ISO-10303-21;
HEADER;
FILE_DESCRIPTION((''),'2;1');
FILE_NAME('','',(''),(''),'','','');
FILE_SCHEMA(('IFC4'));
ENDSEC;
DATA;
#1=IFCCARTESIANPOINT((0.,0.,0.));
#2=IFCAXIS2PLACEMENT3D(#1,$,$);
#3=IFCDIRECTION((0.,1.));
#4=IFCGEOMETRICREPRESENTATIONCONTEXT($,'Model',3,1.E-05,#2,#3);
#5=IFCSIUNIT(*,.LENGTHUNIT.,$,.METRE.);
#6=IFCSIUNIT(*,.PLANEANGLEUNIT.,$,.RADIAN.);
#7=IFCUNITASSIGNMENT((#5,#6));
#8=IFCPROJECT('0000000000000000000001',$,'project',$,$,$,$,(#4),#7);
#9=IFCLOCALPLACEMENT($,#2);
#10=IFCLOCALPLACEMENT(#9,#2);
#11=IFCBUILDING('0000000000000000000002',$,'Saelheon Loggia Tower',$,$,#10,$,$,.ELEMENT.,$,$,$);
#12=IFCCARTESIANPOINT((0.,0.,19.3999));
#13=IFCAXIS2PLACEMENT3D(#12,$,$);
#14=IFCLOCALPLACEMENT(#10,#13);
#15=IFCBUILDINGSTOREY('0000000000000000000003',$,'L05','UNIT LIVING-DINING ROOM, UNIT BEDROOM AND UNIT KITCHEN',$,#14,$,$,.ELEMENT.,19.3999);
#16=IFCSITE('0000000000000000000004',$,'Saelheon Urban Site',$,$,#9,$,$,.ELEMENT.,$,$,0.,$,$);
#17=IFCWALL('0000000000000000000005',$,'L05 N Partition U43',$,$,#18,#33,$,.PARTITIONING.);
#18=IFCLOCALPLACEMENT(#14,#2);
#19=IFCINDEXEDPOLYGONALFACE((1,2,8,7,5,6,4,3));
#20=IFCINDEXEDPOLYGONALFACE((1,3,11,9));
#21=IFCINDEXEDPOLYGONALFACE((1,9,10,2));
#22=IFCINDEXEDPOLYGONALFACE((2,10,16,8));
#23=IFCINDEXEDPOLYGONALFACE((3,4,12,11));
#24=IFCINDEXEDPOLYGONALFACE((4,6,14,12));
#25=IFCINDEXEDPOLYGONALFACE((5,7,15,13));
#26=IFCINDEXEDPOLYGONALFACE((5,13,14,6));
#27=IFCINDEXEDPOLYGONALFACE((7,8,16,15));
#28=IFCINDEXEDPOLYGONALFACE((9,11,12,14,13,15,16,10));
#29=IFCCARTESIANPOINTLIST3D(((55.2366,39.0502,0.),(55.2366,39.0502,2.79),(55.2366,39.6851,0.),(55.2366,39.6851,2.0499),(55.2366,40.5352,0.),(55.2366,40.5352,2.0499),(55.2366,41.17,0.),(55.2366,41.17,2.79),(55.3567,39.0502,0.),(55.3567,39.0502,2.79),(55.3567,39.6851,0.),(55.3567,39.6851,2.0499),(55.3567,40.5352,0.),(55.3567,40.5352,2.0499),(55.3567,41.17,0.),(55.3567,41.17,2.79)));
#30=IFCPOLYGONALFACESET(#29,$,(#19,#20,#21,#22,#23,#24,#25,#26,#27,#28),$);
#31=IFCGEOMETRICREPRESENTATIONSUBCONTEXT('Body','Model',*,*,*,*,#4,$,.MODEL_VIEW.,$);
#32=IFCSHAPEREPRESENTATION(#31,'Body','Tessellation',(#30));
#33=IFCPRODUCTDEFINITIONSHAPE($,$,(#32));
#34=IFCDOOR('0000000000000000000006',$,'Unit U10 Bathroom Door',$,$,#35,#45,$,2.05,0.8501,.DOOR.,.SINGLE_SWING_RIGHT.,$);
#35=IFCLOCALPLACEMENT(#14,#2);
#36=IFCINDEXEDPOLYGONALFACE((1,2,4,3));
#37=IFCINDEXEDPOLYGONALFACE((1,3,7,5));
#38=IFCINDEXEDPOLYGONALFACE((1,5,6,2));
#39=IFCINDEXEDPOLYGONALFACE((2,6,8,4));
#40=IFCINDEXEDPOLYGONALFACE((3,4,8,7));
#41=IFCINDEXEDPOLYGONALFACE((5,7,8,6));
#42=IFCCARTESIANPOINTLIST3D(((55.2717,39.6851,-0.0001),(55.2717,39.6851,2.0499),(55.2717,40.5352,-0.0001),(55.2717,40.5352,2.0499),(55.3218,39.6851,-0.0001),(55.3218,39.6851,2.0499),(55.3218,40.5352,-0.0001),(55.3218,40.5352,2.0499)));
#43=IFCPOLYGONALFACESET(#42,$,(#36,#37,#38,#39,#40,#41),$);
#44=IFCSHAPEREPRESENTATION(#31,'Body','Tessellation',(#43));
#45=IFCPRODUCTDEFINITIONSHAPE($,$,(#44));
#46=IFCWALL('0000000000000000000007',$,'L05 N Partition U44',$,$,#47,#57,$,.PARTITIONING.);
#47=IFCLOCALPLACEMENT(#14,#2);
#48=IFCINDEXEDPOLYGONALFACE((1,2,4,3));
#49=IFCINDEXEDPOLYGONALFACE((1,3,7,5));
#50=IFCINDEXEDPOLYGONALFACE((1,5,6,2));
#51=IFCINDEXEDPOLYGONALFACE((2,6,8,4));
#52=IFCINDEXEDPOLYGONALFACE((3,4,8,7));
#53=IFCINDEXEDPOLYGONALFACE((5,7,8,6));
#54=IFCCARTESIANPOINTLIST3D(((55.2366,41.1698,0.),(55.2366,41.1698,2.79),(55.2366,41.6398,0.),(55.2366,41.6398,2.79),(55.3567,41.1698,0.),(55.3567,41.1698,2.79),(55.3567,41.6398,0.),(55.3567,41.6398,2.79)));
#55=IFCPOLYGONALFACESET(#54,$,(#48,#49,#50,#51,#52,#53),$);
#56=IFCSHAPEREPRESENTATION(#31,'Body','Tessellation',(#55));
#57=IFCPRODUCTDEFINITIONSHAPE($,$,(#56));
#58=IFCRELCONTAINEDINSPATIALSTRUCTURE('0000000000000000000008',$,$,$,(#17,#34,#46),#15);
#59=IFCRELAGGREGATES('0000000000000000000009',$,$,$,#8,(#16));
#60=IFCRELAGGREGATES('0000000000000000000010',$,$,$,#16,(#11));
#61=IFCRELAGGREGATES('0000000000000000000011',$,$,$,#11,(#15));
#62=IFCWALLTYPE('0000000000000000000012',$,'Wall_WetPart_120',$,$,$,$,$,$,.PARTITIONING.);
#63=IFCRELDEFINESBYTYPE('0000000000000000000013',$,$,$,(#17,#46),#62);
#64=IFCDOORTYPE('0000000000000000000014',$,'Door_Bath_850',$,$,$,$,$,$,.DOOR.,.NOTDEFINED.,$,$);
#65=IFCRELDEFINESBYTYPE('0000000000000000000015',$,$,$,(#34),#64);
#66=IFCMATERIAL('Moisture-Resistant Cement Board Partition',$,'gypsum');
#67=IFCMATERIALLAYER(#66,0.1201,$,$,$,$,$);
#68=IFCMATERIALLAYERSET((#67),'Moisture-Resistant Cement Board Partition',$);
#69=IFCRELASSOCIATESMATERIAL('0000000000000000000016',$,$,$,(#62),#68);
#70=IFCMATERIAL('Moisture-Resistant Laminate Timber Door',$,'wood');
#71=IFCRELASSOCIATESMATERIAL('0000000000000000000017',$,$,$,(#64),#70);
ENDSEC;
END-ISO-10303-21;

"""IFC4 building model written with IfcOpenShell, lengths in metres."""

from ifc_helpers import new_model, si_unit, direction, frame, frame_2d, origin, place, context, subcontext, project, spatial, rectangle, extrude, source, transform, mapped, material, layer, layer_set, type_object, element, fill, save


model = new_model("IFC4")

# Units and contexts
model_context = context("Model", 3, precision=1e-05, world=origin(), true_north=direction((0.0, 1.0)))
body_context = subcontext(model_context, "Body", "Model", "MODEL_VIEW")
ifc_project = project(units=[si_unit("LENGTHUNIT", "METRE"), si_unit("PLANEANGLEUNIT", "RADIAN")], contexts=[model_context])

# Site, building, storey
site_placement = place(None, origin())
site = spatial("IfcSite", under=ifc_project, at=site_placement, Name="Saelheon Urban Site", CompositionType="ELEMENT", RefElevation=0.0)
building_placement = place(site_placement, origin())
building = spatial("IfcBuilding", under=site, at=building_placement, Name="Saelheon Loggia Tower", CompositionType="ELEMENT")
storey_placement = place(building_placement, frame((0.0, 0.0, 19.3999)))
storey = spatial("IfcBuildingStorey", under=building, at=storey_placement, Name="L05", Description="UNIT LIVING-DINING ROOM, UNIT BEDROOM AND UNIT KITCHEN", CompositionType="ELEMENT", Elevation=19.3999)

# Shared definitions
ifc_material_1 = material(Name="Moisture-Resistant Cement Board Partition", Category="gypsum")
ifc_layer_1 = layer(ifc_material_1, 0.1201)
ifc_layer_set_1 = layer_set([ifc_layer_1], Name="Moisture-Resistant Cement Board Partition")
wall_type_1 = type_object("IfcWallType", Name="Wall_WetPart_120", PredefinedType="PARTITIONING", material=ifc_layer_set_1)

# Wall, opening, door
wall_1_placement = place(storey_placement, frame((55.2966, 39.05, 0.0), z_axis=(0.0, 0.0, 1.0), x_axis=(0.0, 1.0, 0.0)))
wall_1 = element("IfcWall", 1, at=wall_1_placement, inside=storey, type_object=wall_type_1, Name="L05 N Partition U43", PredefinedType="PARTITIONING", context=body_context, shape_type="SweptSolid", body=[
    extrude(rectangle(XDim=2.1199, YDim=0.1201, at=frame_2d((1.0601, 0.0))), origin(), (0.0, 0.0, 1.0), 2.79),
])
opening_1_placement = place(wall_1_placement, frame((0.635, 0.0, 0.0)))
opening_1 = element("IfcOpeningElement", 2, at=opening_1_placement, cuts=wall_1, PredefinedType="OPENING", context=body_context, shape_type="SweptSolid", body=[
    extrude(rectangle(XDim=0.8501, YDim=2.05, at=frame_2d((0.425, 1.0249))), frame((0.0, 0.072, 0.0), z_axis=(0.0, -1.0, 0.0), x_axis=(1.0, 0.0, 0.0)), (0.0, 0.0, 1.0), 0.144),
])
ifc_material_2 = material(Name="Moisture-Resistant Laminate Timber Door", Category="wood")
door_type_1 = type_object("IfcDoorType", Name="Door_Bath_850", OperationType="NOTDEFINED", PredefinedType="DOOR", material=ifc_material_2)
shared_shape_1 = source(origin(), body_context, "Body", "SweptSolid", [
    extrude(rectangle(XDim=0.8501, YDim=2.05, at=frame_2d((0.425, 1.0249))), frame((0.0, 0.0249, 0.0), z_axis=(0.0, -1.0, 0.0), x_axis=(1.0, 0.0, 0.0)), (0.0, 0.0, 1.0), 0.05),
])
door_1_placement = place(opening_1_placement, origin())
door_1 = element("IfcDoor", 3, at=door_1_placement, inside=storey, type_object=door_type_1, Name="Unit U10 Bathroom Door", OperationType="SINGLE_SWING_RIGHT", OverallHeight=2.05, OverallWidth=0.8501, PredefinedType="DOOR", context=body_context, shape_type="MappedRepresentation", body=[
    mapped(shared_shape_1, transform((0.0, 0.0, 0.0), scale=1.0)),
])
fill(opening_1, door_1)

# Wall
wall_2_placement = place(storey_placement, frame((55.2966, 41.1699, 0.0), z_axis=(0.0, 0.0, 1.0), x_axis=(0.0, 1.0, 0.0)))
element("IfcWall", 4, at=wall_2_placement, inside=storey, type_object=wall_type_1, Name="L05 N Partition U44", PredefinedType="PARTITIONING", context=body_context, shape_type="SweptSolid", body=[
    extrude(rectangle(XDim=0.47, YDim=0.1201, at=frame_2d((0.2349, 0.0))), origin(), (0.0, 0.0, 1.0), 2.79),
])

save(model, "model.ifc")
